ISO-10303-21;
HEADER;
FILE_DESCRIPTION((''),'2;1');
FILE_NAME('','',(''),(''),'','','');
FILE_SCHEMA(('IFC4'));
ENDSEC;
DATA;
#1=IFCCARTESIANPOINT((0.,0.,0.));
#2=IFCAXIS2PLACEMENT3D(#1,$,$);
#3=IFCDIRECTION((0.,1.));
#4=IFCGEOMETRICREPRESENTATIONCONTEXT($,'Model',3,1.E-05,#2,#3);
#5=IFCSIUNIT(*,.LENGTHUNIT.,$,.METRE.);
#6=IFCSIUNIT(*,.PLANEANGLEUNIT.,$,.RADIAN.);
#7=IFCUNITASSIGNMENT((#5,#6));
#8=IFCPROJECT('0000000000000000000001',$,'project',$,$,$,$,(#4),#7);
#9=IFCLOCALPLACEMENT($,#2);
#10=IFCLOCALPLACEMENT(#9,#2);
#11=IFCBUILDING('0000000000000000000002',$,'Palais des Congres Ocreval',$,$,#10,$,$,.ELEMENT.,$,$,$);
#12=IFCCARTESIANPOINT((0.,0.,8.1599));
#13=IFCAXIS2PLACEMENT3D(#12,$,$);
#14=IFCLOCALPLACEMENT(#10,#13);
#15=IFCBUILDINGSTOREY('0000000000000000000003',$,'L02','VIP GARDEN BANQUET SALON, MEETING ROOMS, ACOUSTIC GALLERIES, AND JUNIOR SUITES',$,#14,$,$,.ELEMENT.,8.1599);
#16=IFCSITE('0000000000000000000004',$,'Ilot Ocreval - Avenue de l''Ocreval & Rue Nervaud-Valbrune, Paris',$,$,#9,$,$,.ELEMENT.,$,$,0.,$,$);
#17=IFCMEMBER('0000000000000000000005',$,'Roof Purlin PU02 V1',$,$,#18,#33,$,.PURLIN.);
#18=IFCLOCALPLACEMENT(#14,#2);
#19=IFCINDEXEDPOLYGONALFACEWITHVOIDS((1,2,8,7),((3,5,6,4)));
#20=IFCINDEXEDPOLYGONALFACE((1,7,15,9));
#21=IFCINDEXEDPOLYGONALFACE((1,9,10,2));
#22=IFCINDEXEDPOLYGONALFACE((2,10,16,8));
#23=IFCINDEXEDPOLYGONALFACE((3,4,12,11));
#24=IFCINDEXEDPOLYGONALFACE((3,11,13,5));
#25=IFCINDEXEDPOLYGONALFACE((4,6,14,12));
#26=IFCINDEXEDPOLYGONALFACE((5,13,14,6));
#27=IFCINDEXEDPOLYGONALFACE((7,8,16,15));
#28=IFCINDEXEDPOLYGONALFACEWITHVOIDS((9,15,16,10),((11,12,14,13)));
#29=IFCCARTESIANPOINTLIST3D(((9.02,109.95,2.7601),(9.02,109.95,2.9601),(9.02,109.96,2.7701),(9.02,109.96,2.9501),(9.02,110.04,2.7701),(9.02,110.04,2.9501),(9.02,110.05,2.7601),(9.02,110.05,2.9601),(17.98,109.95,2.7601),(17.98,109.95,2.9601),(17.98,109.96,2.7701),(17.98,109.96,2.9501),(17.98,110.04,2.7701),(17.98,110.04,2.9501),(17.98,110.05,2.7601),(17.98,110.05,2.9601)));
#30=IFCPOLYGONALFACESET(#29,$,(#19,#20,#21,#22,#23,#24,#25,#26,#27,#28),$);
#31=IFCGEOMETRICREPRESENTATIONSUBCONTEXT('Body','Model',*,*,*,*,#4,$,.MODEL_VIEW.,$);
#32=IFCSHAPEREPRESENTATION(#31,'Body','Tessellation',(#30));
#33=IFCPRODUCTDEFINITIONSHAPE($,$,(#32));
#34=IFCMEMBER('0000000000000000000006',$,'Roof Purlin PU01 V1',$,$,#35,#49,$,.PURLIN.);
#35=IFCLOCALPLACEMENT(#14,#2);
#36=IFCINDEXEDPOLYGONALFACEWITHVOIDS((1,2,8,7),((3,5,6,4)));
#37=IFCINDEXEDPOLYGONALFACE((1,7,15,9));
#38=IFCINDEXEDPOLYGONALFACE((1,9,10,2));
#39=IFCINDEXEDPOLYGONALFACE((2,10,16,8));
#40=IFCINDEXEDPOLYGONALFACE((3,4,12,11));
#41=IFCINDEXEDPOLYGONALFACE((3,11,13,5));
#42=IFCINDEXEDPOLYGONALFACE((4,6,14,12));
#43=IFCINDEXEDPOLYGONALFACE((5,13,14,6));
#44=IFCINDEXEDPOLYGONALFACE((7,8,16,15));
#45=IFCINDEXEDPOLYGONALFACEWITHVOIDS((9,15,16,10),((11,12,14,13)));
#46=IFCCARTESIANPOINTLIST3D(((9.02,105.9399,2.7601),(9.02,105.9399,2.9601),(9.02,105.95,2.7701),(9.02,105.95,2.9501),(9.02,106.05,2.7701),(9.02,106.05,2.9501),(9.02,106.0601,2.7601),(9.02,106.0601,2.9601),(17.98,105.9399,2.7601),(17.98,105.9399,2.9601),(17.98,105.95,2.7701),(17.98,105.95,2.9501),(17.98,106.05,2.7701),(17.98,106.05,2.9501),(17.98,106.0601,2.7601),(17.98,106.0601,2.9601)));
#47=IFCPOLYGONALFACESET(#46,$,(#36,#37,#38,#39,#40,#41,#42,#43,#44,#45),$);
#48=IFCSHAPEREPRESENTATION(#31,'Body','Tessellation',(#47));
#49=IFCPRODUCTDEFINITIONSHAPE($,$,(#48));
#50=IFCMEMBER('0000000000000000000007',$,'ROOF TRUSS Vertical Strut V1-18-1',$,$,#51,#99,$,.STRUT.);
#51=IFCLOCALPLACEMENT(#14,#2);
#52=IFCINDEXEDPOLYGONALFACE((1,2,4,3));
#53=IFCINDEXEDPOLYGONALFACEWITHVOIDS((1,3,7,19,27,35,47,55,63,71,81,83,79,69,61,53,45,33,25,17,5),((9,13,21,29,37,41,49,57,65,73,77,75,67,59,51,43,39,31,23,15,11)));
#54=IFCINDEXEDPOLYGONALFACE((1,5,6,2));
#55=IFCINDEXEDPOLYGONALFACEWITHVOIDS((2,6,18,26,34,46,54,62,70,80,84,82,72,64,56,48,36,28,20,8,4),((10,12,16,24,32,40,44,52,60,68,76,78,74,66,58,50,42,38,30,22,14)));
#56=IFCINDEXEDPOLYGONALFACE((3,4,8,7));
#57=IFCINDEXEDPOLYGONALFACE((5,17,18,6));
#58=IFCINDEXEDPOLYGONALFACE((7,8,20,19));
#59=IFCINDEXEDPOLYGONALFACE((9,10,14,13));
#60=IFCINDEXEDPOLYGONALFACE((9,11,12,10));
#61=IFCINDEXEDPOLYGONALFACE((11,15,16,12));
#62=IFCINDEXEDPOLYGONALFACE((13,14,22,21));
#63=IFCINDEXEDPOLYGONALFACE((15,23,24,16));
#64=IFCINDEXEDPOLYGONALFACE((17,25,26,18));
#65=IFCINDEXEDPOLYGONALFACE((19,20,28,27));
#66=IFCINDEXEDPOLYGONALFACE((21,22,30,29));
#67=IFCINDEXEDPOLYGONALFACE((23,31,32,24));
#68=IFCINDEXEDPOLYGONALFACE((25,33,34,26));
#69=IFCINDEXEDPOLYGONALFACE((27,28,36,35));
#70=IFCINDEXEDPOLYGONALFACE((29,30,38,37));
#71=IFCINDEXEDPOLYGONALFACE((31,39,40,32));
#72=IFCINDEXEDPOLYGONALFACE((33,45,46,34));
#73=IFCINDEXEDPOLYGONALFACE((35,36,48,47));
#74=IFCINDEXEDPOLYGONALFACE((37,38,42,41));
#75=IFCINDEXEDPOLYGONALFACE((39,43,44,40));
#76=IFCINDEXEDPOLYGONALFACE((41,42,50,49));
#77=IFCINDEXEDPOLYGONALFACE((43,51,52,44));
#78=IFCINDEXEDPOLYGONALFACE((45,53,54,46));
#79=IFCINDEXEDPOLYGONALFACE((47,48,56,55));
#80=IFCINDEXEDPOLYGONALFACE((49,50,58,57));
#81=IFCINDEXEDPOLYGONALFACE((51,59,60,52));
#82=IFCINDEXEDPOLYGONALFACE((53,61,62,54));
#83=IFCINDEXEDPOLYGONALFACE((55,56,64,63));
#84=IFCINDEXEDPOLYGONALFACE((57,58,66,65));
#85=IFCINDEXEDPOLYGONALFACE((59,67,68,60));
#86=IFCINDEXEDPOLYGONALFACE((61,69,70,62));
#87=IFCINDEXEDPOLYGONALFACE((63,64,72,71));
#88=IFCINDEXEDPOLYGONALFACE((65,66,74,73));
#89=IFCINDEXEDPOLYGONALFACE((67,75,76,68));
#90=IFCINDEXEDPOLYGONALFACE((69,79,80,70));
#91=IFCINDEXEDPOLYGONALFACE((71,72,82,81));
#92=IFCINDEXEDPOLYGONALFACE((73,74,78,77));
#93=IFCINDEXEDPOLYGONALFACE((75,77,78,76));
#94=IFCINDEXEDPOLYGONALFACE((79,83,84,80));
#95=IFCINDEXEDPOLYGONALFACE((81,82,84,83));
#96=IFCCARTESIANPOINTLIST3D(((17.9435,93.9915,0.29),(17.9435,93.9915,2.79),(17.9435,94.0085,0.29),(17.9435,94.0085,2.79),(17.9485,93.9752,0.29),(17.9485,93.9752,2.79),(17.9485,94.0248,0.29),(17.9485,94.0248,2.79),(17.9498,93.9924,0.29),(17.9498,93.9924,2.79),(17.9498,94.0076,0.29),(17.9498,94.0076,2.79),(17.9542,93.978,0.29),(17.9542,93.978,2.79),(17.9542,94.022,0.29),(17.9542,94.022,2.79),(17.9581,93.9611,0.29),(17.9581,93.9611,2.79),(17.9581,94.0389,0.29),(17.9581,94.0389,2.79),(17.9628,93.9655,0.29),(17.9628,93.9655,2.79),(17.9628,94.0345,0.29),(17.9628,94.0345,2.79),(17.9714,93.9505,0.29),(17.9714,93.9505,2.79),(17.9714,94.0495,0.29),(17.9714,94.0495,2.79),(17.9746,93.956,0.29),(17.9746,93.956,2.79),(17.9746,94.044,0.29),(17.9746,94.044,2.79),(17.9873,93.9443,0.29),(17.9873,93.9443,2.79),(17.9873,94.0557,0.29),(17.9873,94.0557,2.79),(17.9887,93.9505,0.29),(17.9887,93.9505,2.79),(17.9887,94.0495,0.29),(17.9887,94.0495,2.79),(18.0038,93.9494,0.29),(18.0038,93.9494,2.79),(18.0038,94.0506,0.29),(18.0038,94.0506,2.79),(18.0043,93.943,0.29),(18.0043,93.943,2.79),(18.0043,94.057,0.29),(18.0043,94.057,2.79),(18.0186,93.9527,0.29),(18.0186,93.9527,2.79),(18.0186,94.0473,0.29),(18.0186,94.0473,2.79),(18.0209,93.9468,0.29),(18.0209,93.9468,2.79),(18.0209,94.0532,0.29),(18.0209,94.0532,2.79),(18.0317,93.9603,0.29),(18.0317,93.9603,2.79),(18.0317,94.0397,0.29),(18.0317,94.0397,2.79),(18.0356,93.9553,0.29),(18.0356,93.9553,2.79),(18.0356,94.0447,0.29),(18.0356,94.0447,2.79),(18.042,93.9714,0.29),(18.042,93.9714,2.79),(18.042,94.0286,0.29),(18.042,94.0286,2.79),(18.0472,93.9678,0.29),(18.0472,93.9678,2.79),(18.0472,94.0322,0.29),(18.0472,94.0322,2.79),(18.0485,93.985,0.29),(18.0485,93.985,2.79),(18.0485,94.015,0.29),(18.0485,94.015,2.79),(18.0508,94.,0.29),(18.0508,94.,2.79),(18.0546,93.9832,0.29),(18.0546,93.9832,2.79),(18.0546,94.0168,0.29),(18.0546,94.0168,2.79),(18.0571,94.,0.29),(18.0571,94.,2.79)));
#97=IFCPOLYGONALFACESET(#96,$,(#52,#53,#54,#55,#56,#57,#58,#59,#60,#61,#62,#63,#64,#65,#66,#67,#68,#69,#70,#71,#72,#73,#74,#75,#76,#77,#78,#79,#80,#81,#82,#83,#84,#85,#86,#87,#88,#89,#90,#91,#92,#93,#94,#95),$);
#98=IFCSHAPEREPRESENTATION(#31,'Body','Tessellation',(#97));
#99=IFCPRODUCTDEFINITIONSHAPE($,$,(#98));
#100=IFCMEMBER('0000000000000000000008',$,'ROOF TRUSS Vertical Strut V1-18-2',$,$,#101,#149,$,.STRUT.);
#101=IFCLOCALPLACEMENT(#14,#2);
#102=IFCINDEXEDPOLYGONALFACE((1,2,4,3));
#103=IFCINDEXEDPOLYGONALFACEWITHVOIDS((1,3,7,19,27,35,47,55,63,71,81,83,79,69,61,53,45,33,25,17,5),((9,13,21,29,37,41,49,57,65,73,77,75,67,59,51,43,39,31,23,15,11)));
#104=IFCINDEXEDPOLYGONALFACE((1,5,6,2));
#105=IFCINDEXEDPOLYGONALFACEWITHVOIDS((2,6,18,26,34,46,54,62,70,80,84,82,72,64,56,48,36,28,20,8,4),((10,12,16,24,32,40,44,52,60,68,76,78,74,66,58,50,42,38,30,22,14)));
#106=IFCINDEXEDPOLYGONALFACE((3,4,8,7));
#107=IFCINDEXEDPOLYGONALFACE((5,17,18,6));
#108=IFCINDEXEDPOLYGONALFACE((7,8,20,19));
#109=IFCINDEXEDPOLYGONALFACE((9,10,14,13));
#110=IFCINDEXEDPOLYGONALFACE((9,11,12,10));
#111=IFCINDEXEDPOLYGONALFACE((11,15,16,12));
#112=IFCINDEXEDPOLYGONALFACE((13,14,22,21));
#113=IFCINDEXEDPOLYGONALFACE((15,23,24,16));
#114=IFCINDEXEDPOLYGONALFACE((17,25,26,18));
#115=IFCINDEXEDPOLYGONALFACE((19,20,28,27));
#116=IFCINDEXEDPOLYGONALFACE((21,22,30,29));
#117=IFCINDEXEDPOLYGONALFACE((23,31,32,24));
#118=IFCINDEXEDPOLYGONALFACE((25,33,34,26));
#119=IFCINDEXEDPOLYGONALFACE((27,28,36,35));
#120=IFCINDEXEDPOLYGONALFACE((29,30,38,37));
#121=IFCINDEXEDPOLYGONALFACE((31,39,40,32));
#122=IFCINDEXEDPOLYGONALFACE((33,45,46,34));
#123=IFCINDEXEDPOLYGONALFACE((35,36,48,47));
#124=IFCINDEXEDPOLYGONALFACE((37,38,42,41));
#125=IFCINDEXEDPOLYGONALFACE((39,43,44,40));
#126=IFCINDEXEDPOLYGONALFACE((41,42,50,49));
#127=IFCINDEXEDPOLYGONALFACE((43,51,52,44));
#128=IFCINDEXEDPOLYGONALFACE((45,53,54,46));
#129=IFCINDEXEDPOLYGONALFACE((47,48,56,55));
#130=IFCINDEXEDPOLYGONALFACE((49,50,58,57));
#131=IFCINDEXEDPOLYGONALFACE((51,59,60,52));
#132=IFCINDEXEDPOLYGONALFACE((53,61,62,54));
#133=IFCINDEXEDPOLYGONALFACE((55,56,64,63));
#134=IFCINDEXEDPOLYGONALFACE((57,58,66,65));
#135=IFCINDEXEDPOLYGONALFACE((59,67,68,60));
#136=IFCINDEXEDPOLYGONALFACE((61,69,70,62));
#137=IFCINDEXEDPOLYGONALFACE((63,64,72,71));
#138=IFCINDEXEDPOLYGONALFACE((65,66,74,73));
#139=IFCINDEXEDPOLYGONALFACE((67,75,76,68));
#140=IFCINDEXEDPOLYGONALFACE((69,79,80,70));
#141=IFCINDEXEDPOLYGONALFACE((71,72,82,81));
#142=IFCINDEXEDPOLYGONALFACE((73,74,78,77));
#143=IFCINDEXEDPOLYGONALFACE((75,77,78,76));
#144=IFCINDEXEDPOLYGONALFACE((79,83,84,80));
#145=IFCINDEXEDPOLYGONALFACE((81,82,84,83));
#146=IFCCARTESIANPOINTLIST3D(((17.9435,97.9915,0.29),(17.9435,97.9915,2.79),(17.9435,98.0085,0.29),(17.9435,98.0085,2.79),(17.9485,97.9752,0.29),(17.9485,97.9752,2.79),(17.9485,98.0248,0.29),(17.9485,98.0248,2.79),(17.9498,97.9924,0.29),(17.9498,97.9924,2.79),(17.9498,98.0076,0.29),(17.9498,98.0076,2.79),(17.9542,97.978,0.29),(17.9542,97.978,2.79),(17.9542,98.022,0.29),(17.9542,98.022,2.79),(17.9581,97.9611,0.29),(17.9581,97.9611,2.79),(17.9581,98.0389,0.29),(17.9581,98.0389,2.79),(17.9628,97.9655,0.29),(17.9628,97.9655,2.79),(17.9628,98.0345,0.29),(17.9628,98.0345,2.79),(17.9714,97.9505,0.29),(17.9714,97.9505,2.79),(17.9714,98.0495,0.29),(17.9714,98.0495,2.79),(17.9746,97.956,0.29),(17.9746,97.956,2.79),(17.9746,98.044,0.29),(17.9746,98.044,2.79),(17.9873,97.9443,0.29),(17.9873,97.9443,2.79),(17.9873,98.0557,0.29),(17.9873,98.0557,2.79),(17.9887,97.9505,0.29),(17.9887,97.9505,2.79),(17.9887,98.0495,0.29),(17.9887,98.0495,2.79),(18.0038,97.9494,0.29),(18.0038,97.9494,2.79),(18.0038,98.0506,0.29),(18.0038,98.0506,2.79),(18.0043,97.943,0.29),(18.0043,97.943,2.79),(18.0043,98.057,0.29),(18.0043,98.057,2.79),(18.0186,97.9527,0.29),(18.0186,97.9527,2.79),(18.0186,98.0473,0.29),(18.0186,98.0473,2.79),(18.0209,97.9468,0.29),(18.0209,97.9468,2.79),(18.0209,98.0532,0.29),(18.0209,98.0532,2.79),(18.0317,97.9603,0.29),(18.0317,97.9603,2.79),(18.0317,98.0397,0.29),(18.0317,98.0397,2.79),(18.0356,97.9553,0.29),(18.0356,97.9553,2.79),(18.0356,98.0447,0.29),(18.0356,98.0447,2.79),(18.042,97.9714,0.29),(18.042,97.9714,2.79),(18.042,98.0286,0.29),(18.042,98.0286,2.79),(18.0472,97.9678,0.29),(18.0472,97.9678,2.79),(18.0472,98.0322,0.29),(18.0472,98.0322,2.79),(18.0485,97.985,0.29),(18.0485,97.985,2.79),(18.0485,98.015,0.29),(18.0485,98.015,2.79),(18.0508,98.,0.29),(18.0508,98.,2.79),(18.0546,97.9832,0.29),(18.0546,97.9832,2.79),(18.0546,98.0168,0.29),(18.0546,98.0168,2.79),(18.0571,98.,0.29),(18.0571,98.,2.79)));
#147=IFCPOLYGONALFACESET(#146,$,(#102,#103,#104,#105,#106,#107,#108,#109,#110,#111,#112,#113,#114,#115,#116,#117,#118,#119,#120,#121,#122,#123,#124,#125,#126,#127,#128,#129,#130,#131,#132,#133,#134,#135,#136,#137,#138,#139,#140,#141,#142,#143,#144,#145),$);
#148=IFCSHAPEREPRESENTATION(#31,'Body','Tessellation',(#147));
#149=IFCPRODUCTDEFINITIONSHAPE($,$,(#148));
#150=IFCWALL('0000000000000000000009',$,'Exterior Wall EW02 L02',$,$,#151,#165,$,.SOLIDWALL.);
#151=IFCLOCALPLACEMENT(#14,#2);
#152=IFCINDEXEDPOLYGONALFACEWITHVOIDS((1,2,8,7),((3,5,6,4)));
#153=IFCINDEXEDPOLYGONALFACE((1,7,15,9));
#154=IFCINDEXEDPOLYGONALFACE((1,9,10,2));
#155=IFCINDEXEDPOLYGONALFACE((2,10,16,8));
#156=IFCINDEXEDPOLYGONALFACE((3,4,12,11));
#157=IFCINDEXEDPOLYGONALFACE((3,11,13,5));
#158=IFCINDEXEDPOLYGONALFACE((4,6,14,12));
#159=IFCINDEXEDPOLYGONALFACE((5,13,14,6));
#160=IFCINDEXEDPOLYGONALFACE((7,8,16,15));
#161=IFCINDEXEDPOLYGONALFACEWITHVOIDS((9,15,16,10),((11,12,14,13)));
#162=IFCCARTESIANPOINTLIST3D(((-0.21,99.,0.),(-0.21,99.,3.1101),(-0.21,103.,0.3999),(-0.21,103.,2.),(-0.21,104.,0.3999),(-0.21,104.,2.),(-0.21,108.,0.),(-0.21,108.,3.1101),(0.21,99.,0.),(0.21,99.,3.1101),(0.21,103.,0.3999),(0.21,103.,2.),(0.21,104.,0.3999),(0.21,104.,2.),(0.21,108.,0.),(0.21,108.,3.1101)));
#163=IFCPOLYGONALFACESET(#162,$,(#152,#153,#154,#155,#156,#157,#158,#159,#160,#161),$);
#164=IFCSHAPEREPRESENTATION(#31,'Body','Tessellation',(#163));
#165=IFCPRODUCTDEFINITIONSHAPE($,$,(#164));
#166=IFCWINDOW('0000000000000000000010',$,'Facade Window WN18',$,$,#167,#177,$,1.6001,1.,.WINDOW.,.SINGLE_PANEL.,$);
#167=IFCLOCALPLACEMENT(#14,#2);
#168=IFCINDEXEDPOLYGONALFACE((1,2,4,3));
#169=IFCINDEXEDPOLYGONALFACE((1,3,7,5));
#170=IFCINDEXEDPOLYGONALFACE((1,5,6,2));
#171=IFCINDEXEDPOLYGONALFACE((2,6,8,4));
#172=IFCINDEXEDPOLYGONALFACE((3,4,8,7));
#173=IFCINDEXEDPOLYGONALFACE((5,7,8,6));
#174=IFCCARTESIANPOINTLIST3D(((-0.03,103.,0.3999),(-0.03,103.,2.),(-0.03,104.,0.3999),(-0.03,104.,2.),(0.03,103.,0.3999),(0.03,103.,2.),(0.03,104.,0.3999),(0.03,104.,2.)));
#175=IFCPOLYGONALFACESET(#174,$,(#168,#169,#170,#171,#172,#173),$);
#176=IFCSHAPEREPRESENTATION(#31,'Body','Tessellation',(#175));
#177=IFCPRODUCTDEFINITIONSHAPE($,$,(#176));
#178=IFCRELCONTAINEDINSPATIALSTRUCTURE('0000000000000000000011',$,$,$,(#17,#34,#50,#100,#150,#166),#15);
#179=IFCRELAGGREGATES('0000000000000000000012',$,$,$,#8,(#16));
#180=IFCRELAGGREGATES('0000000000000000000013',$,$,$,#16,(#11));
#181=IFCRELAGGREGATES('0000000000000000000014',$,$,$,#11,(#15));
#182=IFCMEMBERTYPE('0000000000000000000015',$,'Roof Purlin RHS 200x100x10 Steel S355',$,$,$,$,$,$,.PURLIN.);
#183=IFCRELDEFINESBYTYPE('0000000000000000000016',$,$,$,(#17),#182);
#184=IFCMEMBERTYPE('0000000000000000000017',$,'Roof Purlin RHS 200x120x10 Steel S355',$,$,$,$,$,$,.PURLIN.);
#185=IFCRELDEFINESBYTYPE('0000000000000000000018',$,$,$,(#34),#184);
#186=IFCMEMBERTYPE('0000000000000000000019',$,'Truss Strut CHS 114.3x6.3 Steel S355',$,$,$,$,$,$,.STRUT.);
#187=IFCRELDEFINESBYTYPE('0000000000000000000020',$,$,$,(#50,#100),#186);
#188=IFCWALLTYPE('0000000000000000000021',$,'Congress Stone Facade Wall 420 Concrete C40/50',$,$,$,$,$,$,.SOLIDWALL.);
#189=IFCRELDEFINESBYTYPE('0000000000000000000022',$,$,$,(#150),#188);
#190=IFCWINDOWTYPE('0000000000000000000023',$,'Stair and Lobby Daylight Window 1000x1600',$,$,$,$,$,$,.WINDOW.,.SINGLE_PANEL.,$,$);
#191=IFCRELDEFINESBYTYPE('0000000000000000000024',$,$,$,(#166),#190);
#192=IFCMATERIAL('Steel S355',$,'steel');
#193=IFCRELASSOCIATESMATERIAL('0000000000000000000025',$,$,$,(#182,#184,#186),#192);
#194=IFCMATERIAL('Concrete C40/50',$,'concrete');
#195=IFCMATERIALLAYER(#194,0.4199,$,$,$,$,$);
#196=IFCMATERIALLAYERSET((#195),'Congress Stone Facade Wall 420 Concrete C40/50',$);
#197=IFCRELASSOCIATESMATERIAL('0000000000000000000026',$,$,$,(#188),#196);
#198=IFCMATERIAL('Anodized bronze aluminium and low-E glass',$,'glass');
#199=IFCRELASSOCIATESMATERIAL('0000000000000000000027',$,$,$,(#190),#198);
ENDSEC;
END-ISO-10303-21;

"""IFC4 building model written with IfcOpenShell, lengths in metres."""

from ifc_helpers import new_model, si_unit, direction, frame, frame_2d, origin, origin_2d, place, context, subcontext, project, spatial, rectangle, hollow_rectangle, hollow_circle, extrude, material, layer, layer_set, material_profile, profile_set, type_object, element, fill, save


model = new_model("IFC4")

# Units and contexts
model_context = context("Model", 3, precision=1e-05, world=origin(), true_north=direction((0.0, 1.0)))
body_context = subcontext(model_context, "Body", "Model", "MODEL_VIEW")
ifc_project = project(units=[si_unit("LENGTHUNIT", "METRE"), si_unit("PLANEANGLEUNIT", "RADIAN")], contexts=[model_context])

# Site, building, storey
site_placement = place(None, origin())
site = spatial("IfcSite", under=ifc_project, at=site_placement, Name="Ilot Ocreval - Avenue de l'Ocreval & Rue Nervaud-Valbrune, Paris", CompositionType="ELEMENT", RefElevation=0.0)
building_placement = place(site_placement, origin())
building = spatial("IfcBuilding", under=site, at=building_placement, Name="Palais des Congres Ocreval", CompositionType="ELEMENT")
storey_placement = place(building_placement, frame((0.0, 0.0, 8.1599)))
storey = spatial("IfcBuildingStorey", under=building, at=storey_placement, Name="L02", Description="VIP GARDEN BANQUET SALON, MEETING ROOMS, ACOUSTIC GALLERIES, AND JUNIOR SUITES", CompositionType="ELEMENT", Elevation=8.1599)

# Shared definitions
ifc_material_1 = material(Name="Steel S355", Category="steel")

# Members
ifc_material_profile_1 = material_profile(ifc_material_1, hollow_rectangle(XDim=0.1001, YDim=0.2, WallThickness=0.01, at=origin_2d()), Name="RHS 200x100x10")
ifc_profile_set_1 = profile_set([ifc_material_profile_1], Name="Steel S355")
member_type_1 = type_object("IfcMemberType", Name="Roof Purlin RHS 200x100x10 Steel S355", PredefinedType="PURLIN", material=ifc_profile_set_1)
for number, where, z_axis, x_axis, name in (
    (1, (9.02, 110.0, 2.8601), (1.0, 0.0, 0.0), (0.0, 1.0, 0.0), "Roof Purlin PU02 V1"),
):
    element("IfcMember", number, at=place(storey_placement, frame(where, z_axis=z_axis, x_axis=x_axis)), inside=storey, type_object=member_type_1, Name=name, PredefinedType="PURLIN", context=body_context, shape_type="SweptSolid", body=[
        extrude(hollow_rectangle(XDim=0.1001, YDim=0.2, WallThickness=0.01, at=origin_2d()), origin(), (0.0, 0.0, 1.0), 8.96),
    ])
ifc_material_profile_2 = material_profile(ifc_material_1, hollow_rectangle(XDim=0.1201, YDim=0.2, WallThickness=0.01, at=origin_2d()), Name="RHS 200x120x10")
ifc_profile_set_2 = profile_set([ifc_material_profile_2], Name="Steel S355")
member_type_2 = type_object("IfcMemberType", Name="Roof Purlin RHS 200x120x10 Steel S355", PredefinedType="PURLIN", material=ifc_profile_set_2)
member_1_placement = place(storey_placement, frame((9.02, 106.0, 2.8601), z_axis=(1.0, 0.0, 0.0), x_axis=(0.0, 1.0, 0.0)))
element("IfcMember", 2, at=member_1_placement, inside=storey, type_object=member_type_2, Name="Roof Purlin PU01 V1", PredefinedType="PURLIN", context=body_context, shape_type="SweptSolid", body=[
    extrude(hollow_rectangle(XDim=0.1201, YDim=0.2, WallThickness=0.01, at=origin_2d()), origin(), (0.0, 0.0, 1.0), 8.96),
])
ifc_material_profile_3 = material_profile(ifc_material_1, hollow_circle(Radius=0.0571, WallThickness=0.0063, at=origin_2d()), Name="CHS 114.3x6.3")
ifc_profile_set_3 = profile_set([ifc_material_profile_3], Name="Steel S355")
member_type_3 = type_object("IfcMemberType", Name="Truss Strut CHS 114.3x6.3 Steel S355", PredefinedType="STRUT", material=ifc_profile_set_3)
for number, where, z_axis, x_axis, name in (
    (3, (18.0, 94.0, 0.29), (0.0, 0.0, 1.0), (1.0, 0.0, 0.0), "ROOF TRUSS Vertical Strut V1-18-1"),
    (4, (18.0, 98.0, 0.29), (0.0, 0.0, 1.0), (1.0, 0.0, 0.0), "ROOF TRUSS Vertical Strut V1-18-2"),
):
    element("IfcMember", number, at=place(storey_placement, frame(where, z_axis=z_axis, x_axis=x_axis)), inside=storey, type_object=member_type_3, Name=name, PredefinedType="STRUT", context=body_context, shape_type="SweptSolid", body=[
        extrude(hollow_circle(Radius=0.0571, WallThickness=0.0063, at=origin_2d()), origin(), (0.0, 0.0, 1.0), 2.5),
    ])

# Wall, opening, window
ifc_material_2 = material(Name="Concrete C40/50", Category="concrete")
ifc_layer_1 = layer(ifc_material_2, 0.4199)
ifc_layer_set_1 = layer_set([ifc_layer_1], Name="Congress Stone Facade Wall 420 Concrete C40/50")
wall_type_1 = type_object("IfcWallType", Name="Congress Stone Facade Wall 420 Concrete C40/50", PredefinedType="SOLIDWALL", material=ifc_layer_set_1)
wall_1_placement = place(storey_placement, frame((0.0, 99.0, 0.0), z_axis=(0.0, 0.0, 1.0), x_axis=(0.0, 1.0, 0.0)))
wall_1 = element("IfcWall", 5, at=wall_1_placement, inside=storey, type_object=wall_type_1, Name="Exterior Wall EW02 L02", PredefinedType="SOLIDWALL", context=body_context, shape_type="SweptSolid", body=[
    extrude(rectangle(XDim=9.0, YDim=0.4199, at=frame_2d((4.5, 0.0))), origin(), (0.0, 0.0, 1.0), 3.1101),
])
opening_1_placement = place(wall_1_placement, frame((4.0, 0.0, 0.3999)))
opening_1 = element("IfcOpeningElement", 6, at=opening_1_placement, cuts=wall_1, PredefinedType="OPENING", context=body_context, shape_type="SweptSolid", body=[
    extrude(rectangle(XDim=1.0, YDim=1.6001, at=frame_2d((0.5, 0.8))), frame((0.0, 0.22, 0.0), z_axis=(0.0, -1.0, 0.0), x_axis=(1.0, 0.0, 0.0)), (0.0, 0.0, 1.0), 0.4399),
])
ifc_material_3 = material(Name="Anodized bronze aluminium and low-E glass", Category="glass")
window_type = type_object("IfcWindowType", Name="Stair and Lobby Daylight Window 1000x1600", PartitioningType="SINGLE_PANEL", PredefinedType="WINDOW", material=ifc_material_3)
window_1_placement = place(opening_1_placement, origin())
window_1 = element("IfcWindow", 7, at=window_1_placement, inside=storey, type_object=window_type, Name="Facade Window WN18", OverallHeight=1.6001, OverallWidth=1.0, PartitioningType="SINGLE_PANEL", PredefinedType="WINDOW", context=body_context, shape_type="SweptSolid", body=[
    extrude(rectangle(XDim=1.0, YDim=1.6001, at=frame_2d((0.5, 0.8))), frame((0.0, 0.03, 0.0), z_axis=(0.0, -1.0, 0.0), x_axis=(1.0, 0.0, 0.0)), (0.0, 0.0, 1.0), 0.0601),
])
fill(opening_1, window_1)

save(model, "model.ifc")
